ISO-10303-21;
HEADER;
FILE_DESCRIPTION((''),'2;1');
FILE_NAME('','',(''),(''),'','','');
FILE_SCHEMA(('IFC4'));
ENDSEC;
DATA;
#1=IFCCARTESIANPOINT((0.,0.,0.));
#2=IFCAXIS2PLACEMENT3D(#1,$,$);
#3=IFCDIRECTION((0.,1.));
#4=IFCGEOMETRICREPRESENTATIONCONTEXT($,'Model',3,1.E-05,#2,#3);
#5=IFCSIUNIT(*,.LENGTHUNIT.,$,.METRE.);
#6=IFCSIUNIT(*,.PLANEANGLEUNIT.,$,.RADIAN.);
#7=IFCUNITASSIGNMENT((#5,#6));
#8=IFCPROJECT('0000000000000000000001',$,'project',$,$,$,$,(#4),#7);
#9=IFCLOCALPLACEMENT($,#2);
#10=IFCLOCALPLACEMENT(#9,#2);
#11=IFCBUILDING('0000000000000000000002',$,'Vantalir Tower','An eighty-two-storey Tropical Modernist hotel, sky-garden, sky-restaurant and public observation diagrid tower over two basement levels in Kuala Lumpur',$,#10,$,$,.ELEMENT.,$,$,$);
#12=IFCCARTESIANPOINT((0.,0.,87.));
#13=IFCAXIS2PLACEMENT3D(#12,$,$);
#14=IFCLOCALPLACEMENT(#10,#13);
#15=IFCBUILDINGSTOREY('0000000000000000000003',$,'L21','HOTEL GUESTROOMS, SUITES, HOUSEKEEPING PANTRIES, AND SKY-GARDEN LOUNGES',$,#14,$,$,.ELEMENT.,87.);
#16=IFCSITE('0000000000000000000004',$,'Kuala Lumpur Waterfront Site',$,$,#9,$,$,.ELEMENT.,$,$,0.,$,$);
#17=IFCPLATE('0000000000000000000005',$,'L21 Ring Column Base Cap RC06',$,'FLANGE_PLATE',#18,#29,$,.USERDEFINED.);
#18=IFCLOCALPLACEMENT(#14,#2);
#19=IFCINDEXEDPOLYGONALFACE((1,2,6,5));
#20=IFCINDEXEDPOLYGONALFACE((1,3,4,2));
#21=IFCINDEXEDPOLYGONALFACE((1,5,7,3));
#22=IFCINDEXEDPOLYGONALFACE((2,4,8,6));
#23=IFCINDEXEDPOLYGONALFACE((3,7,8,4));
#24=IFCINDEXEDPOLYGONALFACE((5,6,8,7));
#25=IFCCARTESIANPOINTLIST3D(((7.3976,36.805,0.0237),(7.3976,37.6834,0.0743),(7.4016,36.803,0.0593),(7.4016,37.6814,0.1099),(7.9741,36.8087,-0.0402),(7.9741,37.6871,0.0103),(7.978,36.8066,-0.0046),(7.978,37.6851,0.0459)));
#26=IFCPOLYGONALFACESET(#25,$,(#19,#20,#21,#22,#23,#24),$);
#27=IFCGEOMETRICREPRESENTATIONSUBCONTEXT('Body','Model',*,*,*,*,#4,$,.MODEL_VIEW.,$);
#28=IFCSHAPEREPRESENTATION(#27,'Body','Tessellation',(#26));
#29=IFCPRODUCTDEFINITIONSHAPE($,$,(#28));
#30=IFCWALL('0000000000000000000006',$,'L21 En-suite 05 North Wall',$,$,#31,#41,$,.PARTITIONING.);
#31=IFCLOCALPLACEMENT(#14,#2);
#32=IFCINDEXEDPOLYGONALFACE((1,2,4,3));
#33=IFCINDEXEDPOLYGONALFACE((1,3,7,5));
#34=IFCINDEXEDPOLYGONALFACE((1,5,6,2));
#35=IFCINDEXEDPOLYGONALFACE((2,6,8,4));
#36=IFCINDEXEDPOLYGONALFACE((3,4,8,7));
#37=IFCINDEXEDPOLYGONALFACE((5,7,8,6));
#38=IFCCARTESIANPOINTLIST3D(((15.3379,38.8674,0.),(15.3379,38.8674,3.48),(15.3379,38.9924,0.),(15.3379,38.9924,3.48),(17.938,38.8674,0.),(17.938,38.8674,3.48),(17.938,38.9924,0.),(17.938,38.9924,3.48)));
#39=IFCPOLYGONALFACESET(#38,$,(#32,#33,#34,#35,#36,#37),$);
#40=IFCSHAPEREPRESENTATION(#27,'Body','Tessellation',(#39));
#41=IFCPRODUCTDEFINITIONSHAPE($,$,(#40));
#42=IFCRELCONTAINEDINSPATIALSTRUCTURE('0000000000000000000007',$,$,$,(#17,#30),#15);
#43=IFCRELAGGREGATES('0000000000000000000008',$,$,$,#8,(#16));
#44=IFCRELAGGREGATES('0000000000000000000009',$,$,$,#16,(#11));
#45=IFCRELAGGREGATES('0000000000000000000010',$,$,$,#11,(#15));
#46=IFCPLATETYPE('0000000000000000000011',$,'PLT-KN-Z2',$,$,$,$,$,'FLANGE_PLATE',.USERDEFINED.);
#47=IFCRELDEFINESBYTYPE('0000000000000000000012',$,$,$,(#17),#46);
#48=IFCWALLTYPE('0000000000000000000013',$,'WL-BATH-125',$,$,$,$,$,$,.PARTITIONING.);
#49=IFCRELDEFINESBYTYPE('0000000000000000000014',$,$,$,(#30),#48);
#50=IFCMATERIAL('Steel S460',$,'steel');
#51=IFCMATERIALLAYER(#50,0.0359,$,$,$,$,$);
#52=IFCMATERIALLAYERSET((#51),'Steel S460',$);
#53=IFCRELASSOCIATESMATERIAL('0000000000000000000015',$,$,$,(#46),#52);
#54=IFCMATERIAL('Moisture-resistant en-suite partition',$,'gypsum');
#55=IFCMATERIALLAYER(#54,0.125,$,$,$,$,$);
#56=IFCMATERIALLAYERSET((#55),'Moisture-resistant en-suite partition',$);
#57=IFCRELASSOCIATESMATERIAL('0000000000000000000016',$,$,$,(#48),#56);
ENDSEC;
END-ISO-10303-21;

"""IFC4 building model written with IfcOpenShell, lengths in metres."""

from ifc_helpers import new_model, si_unit, direction, frame, frame_2d, origin, place, context, subcontext, project, spatial, polyline, rectangle, outline, extrude, material, layer, layer_set, type_object, element, save


model = new_model("IFC4")

# Units and contexts
model_context = context("Model", 3, precision=1e-05, world=origin(), true_north=direction((0.0, 1.0)))
body_context = subcontext(model_context, "Body", "Model", "MODEL_VIEW")
ifc_project = project(units=[si_unit("LENGTHUNIT", "METRE"), si_unit("PLANEANGLEUNIT", "RADIAN")], contexts=[model_context])

# Site, building, storey
site_placement = place(None, origin())
site = spatial("IfcSite", under=ifc_project, at=site_placement, Name="Kuala Lumpur Waterfront Site", CompositionType="ELEMENT", RefElevation=0.0)
building_placement = place(site_placement, origin())
building = spatial("IfcBuilding", under=site, at=building_placement, Name="Vantalir Tower", Description="An eighty-two-storey Tropical Modernist hotel, sky-garden, sky-restaurant and public observation diagrid tower over two basement levels in Kuala Lumpur", CompositionType="ELEMENT")
storey_placement = place(building_placement, frame((0.0, 0.0, 87.0)))
storey = spatial("IfcBuildingStorey", under=building, at=storey_placement, Name="L21", Description="HOTEL GUESTROOMS, SUITES, HOUSEKEEPING PANTRIES, AND SKY-GARDEN LOUNGES", CompositionType="ELEMENT", Elevation=87.0)

# Shared definitions
ifc_material_1 = material(Name="Steel S460", Category="steel")

# Plate
ifc_layer_1 = layer(ifc_material_1, 0.0359)
ifc_layer_set_1 = layer_set([ifc_layer_1], Name="Steel S460")
plate_type_1 = type_object("IfcPlateType", Name="PLT-KN-Z2", ElementType="FLANGE_PLATE", PredefinedType="USERDEFINED", material=ifc_layer_set_1)
plate_1_placement = place(storey_placement, frame((7.4016, 37.6814, 0.1099), z_axis=(0.110471, -0.057085, 0.992239), x_axis=(0.0, -0.998349, -0.057437)))
element("IfcPlate", 1, at=plate_1_placement, inside=storey, type_object=plate_type_1, Name="L21 Ring Column Base Cap RC06", ObjectType="FLANGE_PLATE", PredefinedType="USERDEFINED", context=body_context, shape_type="SweptSolid", body=[
    extrude(outline(polyline([(0.0, 0.0), (0.8799, 0.0), (0.8799, 0.58), (0.0, 0.58), (0.0, 0.0)])), origin(), (0.0, 0.0, -1.0), 0.0359),
])

# Wall
ifc_material_2 = material(Name="Moisture-resistant en-suite partition", Category="gypsum")
ifc_layer_2 = layer(ifc_material_2, 0.125)
ifc_layer_set_2 = layer_set([ifc_layer_2], Name="Moisture-resistant en-suite partition")
wall_type = type_object("IfcWallType", Name="WL-BATH-125", PredefinedType="PARTITIONING", material=ifc_layer_set_2)
wall_placement = place(storey_placement, frame((15.3379, 38.9299, 0.0), z_axis=(0.0, 0.0, 1.0), x_axis=(1.0, 0.0, 0.0)))
element("IfcWall", 2, at=wall_placement, inside=storey, type_object=wall_type, Name="L21 En-suite 05 North Wall", PredefinedType="PARTITIONING", context=body_context, shape_type="SweptSolid", body=[
    extrude(rectangle(XDim=2.6001, YDim=0.125, at=frame_2d((1.3, 0.0))), origin(), (0.0, 0.0, 1.0), 3.48),
])

save(model, "model.ifc")
